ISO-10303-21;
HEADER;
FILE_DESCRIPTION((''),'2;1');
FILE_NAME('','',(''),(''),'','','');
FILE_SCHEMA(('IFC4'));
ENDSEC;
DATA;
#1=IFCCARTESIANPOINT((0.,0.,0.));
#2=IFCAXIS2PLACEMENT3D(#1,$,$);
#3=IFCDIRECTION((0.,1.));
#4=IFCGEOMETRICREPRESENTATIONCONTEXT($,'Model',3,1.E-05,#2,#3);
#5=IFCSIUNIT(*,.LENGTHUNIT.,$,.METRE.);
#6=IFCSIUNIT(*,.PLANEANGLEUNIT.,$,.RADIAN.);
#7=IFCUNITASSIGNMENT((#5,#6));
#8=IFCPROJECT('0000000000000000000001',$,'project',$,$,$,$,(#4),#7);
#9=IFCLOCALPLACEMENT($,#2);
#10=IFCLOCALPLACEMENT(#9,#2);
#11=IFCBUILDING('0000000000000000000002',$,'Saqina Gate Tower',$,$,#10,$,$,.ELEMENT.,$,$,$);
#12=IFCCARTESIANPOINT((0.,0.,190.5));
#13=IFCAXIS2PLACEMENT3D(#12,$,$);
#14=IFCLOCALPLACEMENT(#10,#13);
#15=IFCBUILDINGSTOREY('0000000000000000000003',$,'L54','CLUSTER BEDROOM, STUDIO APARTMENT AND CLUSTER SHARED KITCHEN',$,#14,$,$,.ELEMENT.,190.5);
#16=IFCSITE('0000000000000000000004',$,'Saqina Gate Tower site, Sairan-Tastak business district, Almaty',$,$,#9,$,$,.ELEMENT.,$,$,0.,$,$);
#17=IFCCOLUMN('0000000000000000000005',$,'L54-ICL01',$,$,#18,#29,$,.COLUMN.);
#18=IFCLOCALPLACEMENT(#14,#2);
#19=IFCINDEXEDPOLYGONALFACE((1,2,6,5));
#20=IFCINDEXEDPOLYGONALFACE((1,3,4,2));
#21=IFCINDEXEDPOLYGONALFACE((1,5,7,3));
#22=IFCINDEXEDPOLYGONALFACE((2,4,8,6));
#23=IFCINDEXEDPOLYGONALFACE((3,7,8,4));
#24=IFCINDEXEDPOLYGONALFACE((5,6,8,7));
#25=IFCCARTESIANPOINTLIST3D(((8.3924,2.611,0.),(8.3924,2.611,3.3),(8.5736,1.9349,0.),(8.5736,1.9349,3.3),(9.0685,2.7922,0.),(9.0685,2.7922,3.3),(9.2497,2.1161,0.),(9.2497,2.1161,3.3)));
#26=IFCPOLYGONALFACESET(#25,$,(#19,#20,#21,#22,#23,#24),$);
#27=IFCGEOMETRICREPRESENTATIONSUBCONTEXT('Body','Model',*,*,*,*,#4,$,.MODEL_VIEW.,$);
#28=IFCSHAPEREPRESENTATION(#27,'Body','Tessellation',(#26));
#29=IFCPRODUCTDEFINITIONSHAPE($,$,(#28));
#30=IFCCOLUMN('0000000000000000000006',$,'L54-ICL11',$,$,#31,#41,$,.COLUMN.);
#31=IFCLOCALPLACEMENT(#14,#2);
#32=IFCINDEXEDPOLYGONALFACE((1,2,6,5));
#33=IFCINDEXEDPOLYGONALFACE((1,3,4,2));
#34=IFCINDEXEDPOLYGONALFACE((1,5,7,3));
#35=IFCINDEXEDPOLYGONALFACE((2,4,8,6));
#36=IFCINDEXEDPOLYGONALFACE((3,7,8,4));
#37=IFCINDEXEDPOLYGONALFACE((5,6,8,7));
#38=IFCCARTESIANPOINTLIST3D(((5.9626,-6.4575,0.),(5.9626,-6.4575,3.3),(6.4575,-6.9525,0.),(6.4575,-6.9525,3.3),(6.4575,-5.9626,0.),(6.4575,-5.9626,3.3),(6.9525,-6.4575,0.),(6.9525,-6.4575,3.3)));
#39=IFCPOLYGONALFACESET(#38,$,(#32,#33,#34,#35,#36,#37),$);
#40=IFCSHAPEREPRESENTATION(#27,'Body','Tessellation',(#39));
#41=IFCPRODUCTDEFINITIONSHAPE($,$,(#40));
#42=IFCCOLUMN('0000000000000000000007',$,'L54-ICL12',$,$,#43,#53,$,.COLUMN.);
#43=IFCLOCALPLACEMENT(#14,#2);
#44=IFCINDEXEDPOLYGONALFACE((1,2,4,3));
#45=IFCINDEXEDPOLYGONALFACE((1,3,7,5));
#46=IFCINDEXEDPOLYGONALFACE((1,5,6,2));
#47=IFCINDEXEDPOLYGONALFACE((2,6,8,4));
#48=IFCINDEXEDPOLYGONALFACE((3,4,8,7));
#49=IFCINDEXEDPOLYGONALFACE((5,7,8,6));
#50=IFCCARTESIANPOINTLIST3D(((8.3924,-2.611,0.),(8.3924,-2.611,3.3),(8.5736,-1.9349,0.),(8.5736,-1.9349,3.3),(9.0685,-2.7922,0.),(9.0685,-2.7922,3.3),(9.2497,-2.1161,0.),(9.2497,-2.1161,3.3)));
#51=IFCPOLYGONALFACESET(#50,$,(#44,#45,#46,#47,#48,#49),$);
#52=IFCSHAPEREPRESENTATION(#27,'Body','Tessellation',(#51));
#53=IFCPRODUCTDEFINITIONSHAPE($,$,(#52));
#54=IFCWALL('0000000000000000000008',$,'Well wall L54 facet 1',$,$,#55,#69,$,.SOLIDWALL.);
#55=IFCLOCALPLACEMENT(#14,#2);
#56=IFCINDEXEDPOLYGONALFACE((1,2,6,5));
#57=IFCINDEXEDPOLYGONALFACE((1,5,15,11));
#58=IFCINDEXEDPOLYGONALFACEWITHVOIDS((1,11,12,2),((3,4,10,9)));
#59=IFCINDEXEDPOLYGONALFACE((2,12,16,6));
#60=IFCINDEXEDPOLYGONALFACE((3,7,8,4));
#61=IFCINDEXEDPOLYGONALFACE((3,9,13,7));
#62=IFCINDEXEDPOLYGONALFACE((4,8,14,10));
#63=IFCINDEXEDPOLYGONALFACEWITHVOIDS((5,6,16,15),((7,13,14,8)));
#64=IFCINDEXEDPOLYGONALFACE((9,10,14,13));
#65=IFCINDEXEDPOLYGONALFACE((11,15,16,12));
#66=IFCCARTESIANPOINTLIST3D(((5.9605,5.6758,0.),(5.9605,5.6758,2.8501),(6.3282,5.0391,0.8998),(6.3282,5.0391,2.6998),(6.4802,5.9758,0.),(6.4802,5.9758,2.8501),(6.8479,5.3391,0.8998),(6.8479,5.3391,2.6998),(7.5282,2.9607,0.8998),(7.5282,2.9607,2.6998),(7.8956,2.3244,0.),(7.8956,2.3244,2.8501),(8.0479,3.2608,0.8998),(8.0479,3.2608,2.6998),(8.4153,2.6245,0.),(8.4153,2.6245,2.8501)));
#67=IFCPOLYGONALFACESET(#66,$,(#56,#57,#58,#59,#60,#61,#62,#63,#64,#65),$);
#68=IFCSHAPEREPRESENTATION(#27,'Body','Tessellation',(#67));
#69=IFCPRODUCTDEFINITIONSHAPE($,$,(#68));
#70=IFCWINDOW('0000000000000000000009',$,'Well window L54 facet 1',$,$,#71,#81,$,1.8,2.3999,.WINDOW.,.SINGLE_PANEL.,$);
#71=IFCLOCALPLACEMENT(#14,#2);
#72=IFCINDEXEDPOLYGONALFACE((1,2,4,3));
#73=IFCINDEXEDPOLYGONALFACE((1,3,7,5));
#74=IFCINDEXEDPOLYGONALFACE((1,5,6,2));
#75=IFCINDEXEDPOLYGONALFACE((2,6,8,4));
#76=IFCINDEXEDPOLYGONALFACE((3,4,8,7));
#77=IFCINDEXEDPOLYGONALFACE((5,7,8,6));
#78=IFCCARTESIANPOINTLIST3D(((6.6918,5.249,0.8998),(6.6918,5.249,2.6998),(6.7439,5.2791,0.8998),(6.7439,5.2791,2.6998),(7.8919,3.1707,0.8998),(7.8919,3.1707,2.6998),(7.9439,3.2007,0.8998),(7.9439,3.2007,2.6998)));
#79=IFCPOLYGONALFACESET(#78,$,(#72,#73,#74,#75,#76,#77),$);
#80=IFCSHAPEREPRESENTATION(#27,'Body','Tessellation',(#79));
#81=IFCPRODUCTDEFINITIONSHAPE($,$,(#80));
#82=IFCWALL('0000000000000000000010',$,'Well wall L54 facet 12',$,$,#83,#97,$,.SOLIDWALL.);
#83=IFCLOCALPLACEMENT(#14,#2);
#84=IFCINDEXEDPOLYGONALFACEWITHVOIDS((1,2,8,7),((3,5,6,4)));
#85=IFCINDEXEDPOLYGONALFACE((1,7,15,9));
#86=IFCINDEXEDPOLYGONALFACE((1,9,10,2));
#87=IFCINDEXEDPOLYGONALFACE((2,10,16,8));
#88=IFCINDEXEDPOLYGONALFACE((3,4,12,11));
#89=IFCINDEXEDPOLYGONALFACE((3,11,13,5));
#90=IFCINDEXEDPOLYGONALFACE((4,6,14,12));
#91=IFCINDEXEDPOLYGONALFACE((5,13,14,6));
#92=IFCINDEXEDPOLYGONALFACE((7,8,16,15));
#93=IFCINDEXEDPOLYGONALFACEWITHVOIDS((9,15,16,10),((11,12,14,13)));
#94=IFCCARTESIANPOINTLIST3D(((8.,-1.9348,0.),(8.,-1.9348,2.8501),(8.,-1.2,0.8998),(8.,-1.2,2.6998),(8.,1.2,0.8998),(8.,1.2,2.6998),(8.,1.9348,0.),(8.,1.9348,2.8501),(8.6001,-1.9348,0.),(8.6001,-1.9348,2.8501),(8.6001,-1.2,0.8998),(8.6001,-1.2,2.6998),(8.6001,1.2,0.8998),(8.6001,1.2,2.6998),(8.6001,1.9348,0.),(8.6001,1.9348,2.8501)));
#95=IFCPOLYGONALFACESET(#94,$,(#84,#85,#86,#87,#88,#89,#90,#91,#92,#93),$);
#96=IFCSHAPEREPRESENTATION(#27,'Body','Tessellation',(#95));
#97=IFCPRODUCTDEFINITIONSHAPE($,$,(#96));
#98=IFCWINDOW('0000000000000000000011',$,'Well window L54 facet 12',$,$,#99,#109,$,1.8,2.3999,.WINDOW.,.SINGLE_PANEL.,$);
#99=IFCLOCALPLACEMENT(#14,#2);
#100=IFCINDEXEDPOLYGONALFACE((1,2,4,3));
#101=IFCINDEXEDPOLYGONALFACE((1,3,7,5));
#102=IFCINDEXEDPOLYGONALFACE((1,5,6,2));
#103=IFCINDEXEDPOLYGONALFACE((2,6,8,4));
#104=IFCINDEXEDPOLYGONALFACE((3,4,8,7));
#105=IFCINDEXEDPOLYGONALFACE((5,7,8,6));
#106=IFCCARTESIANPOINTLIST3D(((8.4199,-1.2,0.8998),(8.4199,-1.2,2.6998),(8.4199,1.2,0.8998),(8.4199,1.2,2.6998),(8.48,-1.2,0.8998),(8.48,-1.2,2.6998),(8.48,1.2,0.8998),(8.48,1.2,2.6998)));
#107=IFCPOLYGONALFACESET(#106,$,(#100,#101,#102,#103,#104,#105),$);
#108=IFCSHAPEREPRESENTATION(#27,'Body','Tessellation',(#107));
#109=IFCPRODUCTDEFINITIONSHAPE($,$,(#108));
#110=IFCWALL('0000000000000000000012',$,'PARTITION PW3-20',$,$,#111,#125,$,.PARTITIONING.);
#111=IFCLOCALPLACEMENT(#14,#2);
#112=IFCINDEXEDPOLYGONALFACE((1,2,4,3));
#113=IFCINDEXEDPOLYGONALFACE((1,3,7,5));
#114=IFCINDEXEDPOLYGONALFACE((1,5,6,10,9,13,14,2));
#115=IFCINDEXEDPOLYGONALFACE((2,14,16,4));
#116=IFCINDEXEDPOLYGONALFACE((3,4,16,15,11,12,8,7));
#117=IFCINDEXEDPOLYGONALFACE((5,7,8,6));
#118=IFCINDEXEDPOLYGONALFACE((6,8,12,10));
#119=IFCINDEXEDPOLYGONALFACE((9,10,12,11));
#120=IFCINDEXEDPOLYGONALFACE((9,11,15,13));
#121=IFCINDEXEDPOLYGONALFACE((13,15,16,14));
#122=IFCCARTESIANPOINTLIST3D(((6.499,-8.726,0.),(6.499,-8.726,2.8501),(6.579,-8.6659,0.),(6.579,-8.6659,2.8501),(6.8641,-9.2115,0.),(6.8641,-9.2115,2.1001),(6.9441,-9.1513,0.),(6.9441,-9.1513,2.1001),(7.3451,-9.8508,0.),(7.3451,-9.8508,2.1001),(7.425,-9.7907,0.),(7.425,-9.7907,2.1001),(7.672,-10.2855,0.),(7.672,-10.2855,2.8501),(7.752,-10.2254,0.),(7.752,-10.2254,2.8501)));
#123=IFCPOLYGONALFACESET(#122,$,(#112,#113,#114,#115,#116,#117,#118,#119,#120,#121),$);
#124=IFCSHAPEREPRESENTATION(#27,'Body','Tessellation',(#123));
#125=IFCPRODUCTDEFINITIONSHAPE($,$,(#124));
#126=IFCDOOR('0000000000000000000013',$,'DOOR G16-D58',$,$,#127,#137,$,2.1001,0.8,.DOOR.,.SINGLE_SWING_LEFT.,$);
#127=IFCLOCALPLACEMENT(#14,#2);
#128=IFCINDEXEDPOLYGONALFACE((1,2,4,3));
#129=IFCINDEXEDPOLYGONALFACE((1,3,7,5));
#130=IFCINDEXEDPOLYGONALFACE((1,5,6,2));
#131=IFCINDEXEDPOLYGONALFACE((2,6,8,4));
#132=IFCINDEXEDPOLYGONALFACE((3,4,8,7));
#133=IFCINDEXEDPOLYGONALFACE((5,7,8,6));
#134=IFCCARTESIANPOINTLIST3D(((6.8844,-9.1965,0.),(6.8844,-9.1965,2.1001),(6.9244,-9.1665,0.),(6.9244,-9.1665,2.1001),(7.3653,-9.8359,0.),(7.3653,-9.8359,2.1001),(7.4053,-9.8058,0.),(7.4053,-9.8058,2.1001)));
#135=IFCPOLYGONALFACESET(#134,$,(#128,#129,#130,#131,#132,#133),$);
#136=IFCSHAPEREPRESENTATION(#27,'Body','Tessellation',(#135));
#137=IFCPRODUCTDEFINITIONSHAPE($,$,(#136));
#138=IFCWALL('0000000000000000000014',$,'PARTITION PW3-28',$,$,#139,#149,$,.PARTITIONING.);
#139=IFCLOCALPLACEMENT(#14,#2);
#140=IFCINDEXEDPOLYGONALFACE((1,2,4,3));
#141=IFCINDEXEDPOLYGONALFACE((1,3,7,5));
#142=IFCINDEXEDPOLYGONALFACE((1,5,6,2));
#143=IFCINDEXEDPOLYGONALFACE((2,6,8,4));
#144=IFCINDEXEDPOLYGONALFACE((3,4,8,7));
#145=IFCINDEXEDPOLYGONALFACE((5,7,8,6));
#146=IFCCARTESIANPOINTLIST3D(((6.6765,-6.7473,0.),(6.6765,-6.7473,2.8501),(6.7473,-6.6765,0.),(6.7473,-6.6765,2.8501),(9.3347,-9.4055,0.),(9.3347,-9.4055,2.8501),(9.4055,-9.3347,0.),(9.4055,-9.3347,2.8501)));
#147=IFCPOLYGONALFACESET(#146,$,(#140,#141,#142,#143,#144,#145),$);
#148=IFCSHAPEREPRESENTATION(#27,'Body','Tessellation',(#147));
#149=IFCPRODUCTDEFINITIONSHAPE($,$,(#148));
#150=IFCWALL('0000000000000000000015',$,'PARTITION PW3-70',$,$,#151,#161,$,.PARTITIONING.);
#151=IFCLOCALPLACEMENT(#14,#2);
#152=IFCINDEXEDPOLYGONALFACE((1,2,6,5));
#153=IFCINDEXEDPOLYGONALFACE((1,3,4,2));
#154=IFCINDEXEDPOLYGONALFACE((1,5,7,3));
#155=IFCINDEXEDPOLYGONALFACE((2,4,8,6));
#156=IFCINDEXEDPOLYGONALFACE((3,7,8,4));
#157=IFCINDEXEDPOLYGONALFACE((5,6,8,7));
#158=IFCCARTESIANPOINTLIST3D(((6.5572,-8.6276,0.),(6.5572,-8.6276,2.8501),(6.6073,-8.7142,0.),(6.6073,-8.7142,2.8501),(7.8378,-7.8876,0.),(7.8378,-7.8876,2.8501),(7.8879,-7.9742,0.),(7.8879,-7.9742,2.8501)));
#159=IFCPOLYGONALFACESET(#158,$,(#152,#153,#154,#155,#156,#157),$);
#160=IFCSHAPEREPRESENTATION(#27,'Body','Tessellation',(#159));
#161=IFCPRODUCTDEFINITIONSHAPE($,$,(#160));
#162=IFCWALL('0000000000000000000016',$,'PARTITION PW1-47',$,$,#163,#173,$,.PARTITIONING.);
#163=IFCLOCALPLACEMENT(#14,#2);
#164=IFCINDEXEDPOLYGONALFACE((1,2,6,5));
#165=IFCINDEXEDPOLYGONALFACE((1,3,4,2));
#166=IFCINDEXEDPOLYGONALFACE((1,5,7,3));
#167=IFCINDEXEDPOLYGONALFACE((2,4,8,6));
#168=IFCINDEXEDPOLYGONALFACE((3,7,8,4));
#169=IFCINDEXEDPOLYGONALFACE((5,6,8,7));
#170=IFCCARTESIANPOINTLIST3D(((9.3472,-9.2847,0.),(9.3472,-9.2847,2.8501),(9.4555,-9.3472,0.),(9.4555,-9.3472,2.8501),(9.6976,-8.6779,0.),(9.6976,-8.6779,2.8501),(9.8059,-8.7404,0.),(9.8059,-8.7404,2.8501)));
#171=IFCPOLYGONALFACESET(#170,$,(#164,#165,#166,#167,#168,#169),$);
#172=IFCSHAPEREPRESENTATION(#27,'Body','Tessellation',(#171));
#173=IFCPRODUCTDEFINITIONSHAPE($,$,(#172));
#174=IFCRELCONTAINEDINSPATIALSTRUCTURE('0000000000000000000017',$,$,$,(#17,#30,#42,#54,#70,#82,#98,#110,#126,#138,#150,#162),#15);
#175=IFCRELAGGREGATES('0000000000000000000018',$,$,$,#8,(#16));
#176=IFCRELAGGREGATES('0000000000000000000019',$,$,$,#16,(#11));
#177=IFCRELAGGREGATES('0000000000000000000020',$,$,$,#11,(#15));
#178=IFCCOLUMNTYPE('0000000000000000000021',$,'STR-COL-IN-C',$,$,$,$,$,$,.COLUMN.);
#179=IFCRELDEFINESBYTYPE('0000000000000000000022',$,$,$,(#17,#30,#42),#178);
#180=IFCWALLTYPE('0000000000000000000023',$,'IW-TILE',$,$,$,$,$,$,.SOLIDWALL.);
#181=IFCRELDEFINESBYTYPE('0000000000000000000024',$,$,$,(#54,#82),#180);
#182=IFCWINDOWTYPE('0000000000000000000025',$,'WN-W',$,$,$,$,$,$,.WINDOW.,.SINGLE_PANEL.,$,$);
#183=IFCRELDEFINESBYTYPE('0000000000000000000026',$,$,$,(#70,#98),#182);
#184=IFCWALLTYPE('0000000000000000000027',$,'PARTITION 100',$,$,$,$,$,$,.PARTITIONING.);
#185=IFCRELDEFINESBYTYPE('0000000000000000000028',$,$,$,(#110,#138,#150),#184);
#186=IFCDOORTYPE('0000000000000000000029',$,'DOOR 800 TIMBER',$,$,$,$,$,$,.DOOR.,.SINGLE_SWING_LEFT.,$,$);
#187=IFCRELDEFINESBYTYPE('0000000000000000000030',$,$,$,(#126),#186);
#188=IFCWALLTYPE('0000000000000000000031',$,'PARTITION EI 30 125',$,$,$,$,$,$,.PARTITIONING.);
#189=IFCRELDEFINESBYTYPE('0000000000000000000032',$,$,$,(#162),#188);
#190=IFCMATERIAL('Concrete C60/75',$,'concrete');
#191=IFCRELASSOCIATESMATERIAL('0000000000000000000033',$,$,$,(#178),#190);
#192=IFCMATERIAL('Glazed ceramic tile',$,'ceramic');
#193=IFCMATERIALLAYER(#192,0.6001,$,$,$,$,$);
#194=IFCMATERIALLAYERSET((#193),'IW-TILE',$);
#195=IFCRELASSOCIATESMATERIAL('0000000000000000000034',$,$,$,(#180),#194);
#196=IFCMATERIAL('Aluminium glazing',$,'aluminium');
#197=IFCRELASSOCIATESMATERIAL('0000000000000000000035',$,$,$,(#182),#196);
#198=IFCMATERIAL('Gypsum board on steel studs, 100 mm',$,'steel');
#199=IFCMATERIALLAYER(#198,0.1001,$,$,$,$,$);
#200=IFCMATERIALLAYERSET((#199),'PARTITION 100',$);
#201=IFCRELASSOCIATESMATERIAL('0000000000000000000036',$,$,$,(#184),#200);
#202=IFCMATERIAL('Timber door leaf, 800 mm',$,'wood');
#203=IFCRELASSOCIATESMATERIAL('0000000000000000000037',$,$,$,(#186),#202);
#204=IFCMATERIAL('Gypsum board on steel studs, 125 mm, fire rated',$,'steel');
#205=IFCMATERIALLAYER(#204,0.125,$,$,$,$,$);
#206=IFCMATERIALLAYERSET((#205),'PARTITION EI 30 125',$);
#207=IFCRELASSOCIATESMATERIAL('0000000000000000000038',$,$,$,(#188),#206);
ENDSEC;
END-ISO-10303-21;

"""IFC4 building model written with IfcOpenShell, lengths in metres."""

from ifc_helpers import new_model, si_unit, direction, frame, frame_2d, origin, origin_2d, place, context, subcontext, project, spatial, rectangle, extrude, material, layer, layer_set, material_profile, profile_set, type_object, element, fill, save


model = new_model("IFC4")

# Units and contexts
model_context = context("Model", 3, precision=1e-05, world=origin(), true_north=direction((0.0, 1.0)))
body_context = subcontext(model_context, "Body", "Model", "MODEL_VIEW")
ifc_project = project(units=[si_unit("LENGTHUNIT", "METRE"), si_unit("PLANEANGLEUNIT", "RADIAN")], contexts=[model_context])

# Site, building, storey
site_placement = place(None, origin())
site = spatial("IfcSite", under=ifc_project, at=site_placement, Name="Saqina Gate Tower site, Sairan-Tastak business district, Almaty", CompositionType="ELEMENT", RefElevation=0.0)
building_placement = place(site_placement, origin())
building = spatial("IfcBuilding", under=site, at=building_placement, Name="Saqina Gate Tower", CompositionType="ELEMENT")
storey_placement = place(building_placement, frame((0.0, 0.0, 190.5)))
storey = spatial("IfcBuildingStorey", under=building, at=storey_placement, Name="L54", Description="CLUSTER BEDROOM, STUDIO APARTMENT AND CLUSTER SHARED KITCHEN", CompositionType="ELEMENT", Elevation=190.5)

# Columns
ifc_material_1 = material(Name="Concrete C60/75", Category="concrete")
ifc_material_profile = material_profile(ifc_material_1, rectangle(XDim=0.7, YDim=0.7, at=origin_2d()), Name="RC 700x700")
ifc_profile_set = profile_set([ifc_material_profile], Name="Concrete C60/75")
column_type = type_object("IfcColumnType", Name="STR-COL-IN-C", PredefinedType="COLUMN", material=ifc_profile_set)
for number, where, z_axis, x_axis, name in (
    (1, (8.821, 2.3635, 0.0), (0.0, 0.0, 1.0), (0.965926, 0.258819, 0.0), "L54-ICL01"),
    (2, (6.4575, -6.4575, 0.0), (0.0, 0.0, 1.0), (0.707107, -0.707107, 0.0), "L54-ICL11"),
    (3, (8.821, -2.3635, 0.0), (0.0, 0.0, 1.0), (0.965926, -0.258819, 0.0), "L54-ICL12"),
):
    element("IfcColumn", number, at=place(storey_placement, frame(where, z_axis=z_axis, x_axis=x_axis)), inside=storey, type_object=column_type, Name=name, PredefinedType="COLUMN", context=body_context, shape_type="SweptSolid", body=[
        extrude(rectangle(XDim=0.7, YDim=0.7, at=origin_2d()), origin(), (0.0, 0.0, 1.0), 3.3),
    ])

# Walls, openings, windows
ifc_material_2 = material(Name="Glazed ceramic tile", Category="ceramic")
ifc_layer_1 = layer(ifc_material_2, 0.6001)
ifc_layer_set_1 = layer_set([ifc_layer_1], Name="IW-TILE")
wall_type_1 = type_object("IfcWallType", Name="IW-TILE", PredefinedType="SOLIDWALL", material=ifc_layer_set_1)
wall_1_placement = place(storey_placement, frame((8.1555, 2.4744, 0.0), z_axis=(0.0, 0.0, 1.0), x_axis=(-0.500034, 0.866006, 0.0)))
wall_1 = element("IfcWall", 4, at=wall_1_placement, inside=storey, type_object=wall_type_1, Name="Well wall L54 facet 1", PredefinedType="SOLIDWALL", context=body_context, shape_type="SweptSolid", body=[
    extrude(rectangle(XDim=3.8699, YDim=0.6001, at=frame_2d((1.9351, 0.0))), origin(), (0.0, 0.0, 1.0), 2.8501),
])
opening_1_placement = place(wall_1_placement, frame((0.7349, 0.0, 0.8999)))
opening_1 = element("IfcOpeningElement", 5, at=opening_1_placement, cuts=wall_1, PredefinedType="OPENING", context=body_context, shape_type="SweptSolid", body=[
    extrude(rectangle(XDim=2.3999, YDim=1.8, at=frame_2d((1.2, 0.8999))), frame((0.0, 0.312, 0.0), z_axis=(0.0, -1.0, 0.0), x_axis=(1.0, 0.0, 0.0)), (0.0, 0.0, 1.0), 0.624),
])
ifc_material_3 = material(Name="Aluminium glazing", Category="aluminium")
window_type = type_object("IfcWindowType", Name="WN-W", PartitioningType="SINGLE_PANEL", PredefinedType="WINDOW", material=ifc_material_3)
window_1_placement = place(opening_1_placement, origin())
window_1 = element("IfcWindow", 6, at=window_1_placement, inside=storey, type_object=window_type, Name="Well window L54 facet 1", OverallHeight=1.8, OverallWidth=2.3999, PartitioningType="SINGLE_PANEL", PredefinedType="WINDOW", context=body_context, shape_type="SweptSolid", body=[
    extrude(rectangle(XDim=2.3999, YDim=1.8, at=frame_2d((1.2, 0.8999))), frame((0.0, -0.1199, 0.0), z_axis=(0.0, -1.0, 0.0), x_axis=(1.0, 0.0, 0.0)), (0.0, 0.0, 1.0), 0.0601),
])
fill(opening_1, window_1)
wall_2_placement = place(storey_placement, frame((8.3, -1.9348, 0.0), z_axis=(0.0, 0.0, 1.0), x_axis=(0.0, 1.0, 0.0)))
wall_2 = element("IfcWall", 7, at=wall_2_placement, inside=storey, type_object=wall_type_1, Name="Well wall L54 facet 12", PredefinedType="SOLIDWALL", context=body_context, shape_type="SweptSolid", body=[
    extrude(rectangle(XDim=3.8696, YDim=0.6001, at=frame_2d((1.9348, 0.0))), origin(), (0.0, 0.0, 1.0), 2.8501),
])
opening_2_placement = place(wall_2_placement, frame((0.7349, 0.0, 0.8999)))
opening_2 = element("IfcOpeningElement", 8, at=opening_2_placement, cuts=wall_2, PredefinedType="OPENING", context=body_context, shape_type="SweptSolid", body=[
    extrude(rectangle(XDim=2.3999, YDim=1.8, at=frame_2d((1.2, 0.8999))), frame((0.0, 0.312, 0.0), z_axis=(0.0, -1.0, 0.0), x_axis=(1.0, 0.0, 0.0)), (0.0, 0.0, 1.0), 0.624),
])
window_2_placement = place(opening_2_placement, origin())
window_2 = element("IfcWindow", 9, at=window_2_placement, inside=storey, type_object=window_type, Name="Well window L54 facet 12", OverallHeight=1.8, OverallWidth=2.3999, PartitioningType="SINGLE_PANEL", PredefinedType="WINDOW", context=body_context, shape_type="SweptSolid", body=[
    extrude(rectangle(XDim=2.3999, YDim=1.8, at=frame_2d((1.2, 0.8999))), frame((0.0, -0.1199, 0.0), z_axis=(0.0, -1.0, 0.0), x_axis=(1.0, 0.0, 0.0)), (0.0, 0.0, 1.0), 0.0601),
])
fill(opening_2, window_2)

# Wall, opening, door
ifc_material_4 = material(Name="Gypsum board on steel studs, 100 mm", Category="steel")
ifc_layer_2 = layer(ifc_material_4, 0.1001)
ifc_layer_set_2 = layer_set([ifc_layer_2], Name="PARTITION 100")
wall_type_2 = type_object("IfcWallType", Name="PARTITION 100", PredefinedType="PARTITIONING", material=ifc_layer_set_2)
wall_3_placement = place(storey_placement, frame((6.5391, -8.696, 0.0), z_axis=(0.0, 0.0, 1.0), x_axis=(0.60112, -0.799159, 0.0)))
wall_3 = element("IfcWall", 10, at=wall_3_placement, inside=storey, type_object=wall_type_2, Name="PARTITION PW3-20", PredefinedType="PARTITIONING", context=body_context, shape_type="SweptSolid", body=[
    extrude(rectangle(XDim=1.9514, YDim=0.1001, at=frame_2d((0.9756, 0.0))), origin(), (0.0, 0.0, 1.0), 2.8501),
])
opening_3_placement = place(wall_3_placement, frame((0.6074, 0.0, 0.0)))
opening_3 = element("IfcOpeningElement", 11, at=opening_3_placement, cuts=wall_3, PredefinedType="OPENING", context=body_context, shape_type="SweptSolid", body=[
    extrude(rectangle(XDim=0.8, YDim=2.1001, at=frame_2d((0.3999, 1.05))), frame((0.0, 0.062, 0.0), z_axis=(0.0, -1.0, 0.0), x_axis=(1.0, 0.0, 0.0)), (0.0, 0.0, 1.0), 0.124),
])
ifc_material_5 = material(Name="Timber door leaf, 800 mm", Category="wood")
door_type_1 = type_object("IfcDoorType", Name="DOOR 800 TIMBER", OperationType="SINGLE_SWING_LEFT", PredefinedType="DOOR", material=ifc_material_5)
door_1_placement = place(opening_3_placement, frame((0.8, 0.0, 0.0), z_axis=(0.0, 0.0, 1.0), x_axis=(-1.0, 0.0, 0.0)))
door_1 = element("IfcDoor", 12, at=door_1_placement, inside=storey, type_object=door_type_1, Name="DOOR G16-D58", OperationType="SINGLE_SWING_LEFT", OverallHeight=2.1001, OverallWidth=0.8, PredefinedType="DOOR", context=body_context, shape_type="SweptSolid", body=[
    extrude(rectangle(XDim=0.8, YDim=2.1001, at=frame_2d((0.3999, 1.05))), frame((0.0, 0.0249, 0.0), z_axis=(0.0, -1.0, 0.0), x_axis=(1.0, 0.0, 0.0)), (0.0, 0.0, 1.0), 0.05),
])
fill(opening_3, door_1)

# Walls
wall_4_placement = place(storey_placement, frame((6.7119, -6.7119, 0.0), z_axis=(0.0, 0.0, 1.0), x_axis=(0.707107, -0.707107, 0.0)))
element("IfcWall", 13, at=wall_4_placement, inside=storey, type_object=wall_type_2, Name="PARTITION PW3-28", PredefinedType="PARTITIONING", context=body_context, shape_type="SweptSolid", body=[
    extrude(rectangle(XDim=3.7593, YDim=0.1001, at=frame_2d((1.8796, 0.0))), origin(), (0.0, 0.0, 1.0), 2.8501),
])
wall_5_placement = place(storey_placement, frame((6.5823, -8.6709, 0.0), z_axis=(0.0, 0.0, 1.0), x_axis=(0.865825, 0.500346, 0.0)))
element("IfcWall", 14, at=wall_5_placement, inside=storey, type_object=wall_type_2, Name="PARTITION PW3-70", PredefinedType="PARTITIONING", context=body_context, shape_type="SweptSolid", body=[
    extrude(rectangle(XDim=1.479, YDim=0.1001, at=frame_2d((0.7395, 0.0))), origin(), (0.0, 0.0, 1.0), 2.8501),
])
ifc_material_6 = material(Name="Gypsum board on steel studs, 125 mm, fire rated", Category="steel")
ifc_layer_3 = layer(ifc_material_6, 0.125)
ifc_layer_set_3 = layer_set([ifc_layer_3], Name="PARTITION EI 30 125")
wall_type_3 = type_object("IfcWallType", Name="PARTITION EI 30 125", PredefinedType="PARTITIONING", material=ifc_layer_set_3)
wall_6_placement = place(storey_placement, frame((9.4014, -9.3159, 0.0), z_axis=(0.0, 0.0, 1.0), x_axis=(0.500074, 0.865982, 0.0)))
element("IfcWall", 15, at=wall_6_placement, inside=storey, type_object=wall_type_3, Name="PARTITION PW1-47", PredefinedType="PARTITIONING", context=body_context, shape_type="SweptSolid", body=[
    extrude(rectangle(XDim=0.7007, YDim=0.125, at=frame_2d((0.3503, 0.0))), origin(), (0.0, 0.0, 1.0), 2.8501),
])

save(model, "model.ifc")
